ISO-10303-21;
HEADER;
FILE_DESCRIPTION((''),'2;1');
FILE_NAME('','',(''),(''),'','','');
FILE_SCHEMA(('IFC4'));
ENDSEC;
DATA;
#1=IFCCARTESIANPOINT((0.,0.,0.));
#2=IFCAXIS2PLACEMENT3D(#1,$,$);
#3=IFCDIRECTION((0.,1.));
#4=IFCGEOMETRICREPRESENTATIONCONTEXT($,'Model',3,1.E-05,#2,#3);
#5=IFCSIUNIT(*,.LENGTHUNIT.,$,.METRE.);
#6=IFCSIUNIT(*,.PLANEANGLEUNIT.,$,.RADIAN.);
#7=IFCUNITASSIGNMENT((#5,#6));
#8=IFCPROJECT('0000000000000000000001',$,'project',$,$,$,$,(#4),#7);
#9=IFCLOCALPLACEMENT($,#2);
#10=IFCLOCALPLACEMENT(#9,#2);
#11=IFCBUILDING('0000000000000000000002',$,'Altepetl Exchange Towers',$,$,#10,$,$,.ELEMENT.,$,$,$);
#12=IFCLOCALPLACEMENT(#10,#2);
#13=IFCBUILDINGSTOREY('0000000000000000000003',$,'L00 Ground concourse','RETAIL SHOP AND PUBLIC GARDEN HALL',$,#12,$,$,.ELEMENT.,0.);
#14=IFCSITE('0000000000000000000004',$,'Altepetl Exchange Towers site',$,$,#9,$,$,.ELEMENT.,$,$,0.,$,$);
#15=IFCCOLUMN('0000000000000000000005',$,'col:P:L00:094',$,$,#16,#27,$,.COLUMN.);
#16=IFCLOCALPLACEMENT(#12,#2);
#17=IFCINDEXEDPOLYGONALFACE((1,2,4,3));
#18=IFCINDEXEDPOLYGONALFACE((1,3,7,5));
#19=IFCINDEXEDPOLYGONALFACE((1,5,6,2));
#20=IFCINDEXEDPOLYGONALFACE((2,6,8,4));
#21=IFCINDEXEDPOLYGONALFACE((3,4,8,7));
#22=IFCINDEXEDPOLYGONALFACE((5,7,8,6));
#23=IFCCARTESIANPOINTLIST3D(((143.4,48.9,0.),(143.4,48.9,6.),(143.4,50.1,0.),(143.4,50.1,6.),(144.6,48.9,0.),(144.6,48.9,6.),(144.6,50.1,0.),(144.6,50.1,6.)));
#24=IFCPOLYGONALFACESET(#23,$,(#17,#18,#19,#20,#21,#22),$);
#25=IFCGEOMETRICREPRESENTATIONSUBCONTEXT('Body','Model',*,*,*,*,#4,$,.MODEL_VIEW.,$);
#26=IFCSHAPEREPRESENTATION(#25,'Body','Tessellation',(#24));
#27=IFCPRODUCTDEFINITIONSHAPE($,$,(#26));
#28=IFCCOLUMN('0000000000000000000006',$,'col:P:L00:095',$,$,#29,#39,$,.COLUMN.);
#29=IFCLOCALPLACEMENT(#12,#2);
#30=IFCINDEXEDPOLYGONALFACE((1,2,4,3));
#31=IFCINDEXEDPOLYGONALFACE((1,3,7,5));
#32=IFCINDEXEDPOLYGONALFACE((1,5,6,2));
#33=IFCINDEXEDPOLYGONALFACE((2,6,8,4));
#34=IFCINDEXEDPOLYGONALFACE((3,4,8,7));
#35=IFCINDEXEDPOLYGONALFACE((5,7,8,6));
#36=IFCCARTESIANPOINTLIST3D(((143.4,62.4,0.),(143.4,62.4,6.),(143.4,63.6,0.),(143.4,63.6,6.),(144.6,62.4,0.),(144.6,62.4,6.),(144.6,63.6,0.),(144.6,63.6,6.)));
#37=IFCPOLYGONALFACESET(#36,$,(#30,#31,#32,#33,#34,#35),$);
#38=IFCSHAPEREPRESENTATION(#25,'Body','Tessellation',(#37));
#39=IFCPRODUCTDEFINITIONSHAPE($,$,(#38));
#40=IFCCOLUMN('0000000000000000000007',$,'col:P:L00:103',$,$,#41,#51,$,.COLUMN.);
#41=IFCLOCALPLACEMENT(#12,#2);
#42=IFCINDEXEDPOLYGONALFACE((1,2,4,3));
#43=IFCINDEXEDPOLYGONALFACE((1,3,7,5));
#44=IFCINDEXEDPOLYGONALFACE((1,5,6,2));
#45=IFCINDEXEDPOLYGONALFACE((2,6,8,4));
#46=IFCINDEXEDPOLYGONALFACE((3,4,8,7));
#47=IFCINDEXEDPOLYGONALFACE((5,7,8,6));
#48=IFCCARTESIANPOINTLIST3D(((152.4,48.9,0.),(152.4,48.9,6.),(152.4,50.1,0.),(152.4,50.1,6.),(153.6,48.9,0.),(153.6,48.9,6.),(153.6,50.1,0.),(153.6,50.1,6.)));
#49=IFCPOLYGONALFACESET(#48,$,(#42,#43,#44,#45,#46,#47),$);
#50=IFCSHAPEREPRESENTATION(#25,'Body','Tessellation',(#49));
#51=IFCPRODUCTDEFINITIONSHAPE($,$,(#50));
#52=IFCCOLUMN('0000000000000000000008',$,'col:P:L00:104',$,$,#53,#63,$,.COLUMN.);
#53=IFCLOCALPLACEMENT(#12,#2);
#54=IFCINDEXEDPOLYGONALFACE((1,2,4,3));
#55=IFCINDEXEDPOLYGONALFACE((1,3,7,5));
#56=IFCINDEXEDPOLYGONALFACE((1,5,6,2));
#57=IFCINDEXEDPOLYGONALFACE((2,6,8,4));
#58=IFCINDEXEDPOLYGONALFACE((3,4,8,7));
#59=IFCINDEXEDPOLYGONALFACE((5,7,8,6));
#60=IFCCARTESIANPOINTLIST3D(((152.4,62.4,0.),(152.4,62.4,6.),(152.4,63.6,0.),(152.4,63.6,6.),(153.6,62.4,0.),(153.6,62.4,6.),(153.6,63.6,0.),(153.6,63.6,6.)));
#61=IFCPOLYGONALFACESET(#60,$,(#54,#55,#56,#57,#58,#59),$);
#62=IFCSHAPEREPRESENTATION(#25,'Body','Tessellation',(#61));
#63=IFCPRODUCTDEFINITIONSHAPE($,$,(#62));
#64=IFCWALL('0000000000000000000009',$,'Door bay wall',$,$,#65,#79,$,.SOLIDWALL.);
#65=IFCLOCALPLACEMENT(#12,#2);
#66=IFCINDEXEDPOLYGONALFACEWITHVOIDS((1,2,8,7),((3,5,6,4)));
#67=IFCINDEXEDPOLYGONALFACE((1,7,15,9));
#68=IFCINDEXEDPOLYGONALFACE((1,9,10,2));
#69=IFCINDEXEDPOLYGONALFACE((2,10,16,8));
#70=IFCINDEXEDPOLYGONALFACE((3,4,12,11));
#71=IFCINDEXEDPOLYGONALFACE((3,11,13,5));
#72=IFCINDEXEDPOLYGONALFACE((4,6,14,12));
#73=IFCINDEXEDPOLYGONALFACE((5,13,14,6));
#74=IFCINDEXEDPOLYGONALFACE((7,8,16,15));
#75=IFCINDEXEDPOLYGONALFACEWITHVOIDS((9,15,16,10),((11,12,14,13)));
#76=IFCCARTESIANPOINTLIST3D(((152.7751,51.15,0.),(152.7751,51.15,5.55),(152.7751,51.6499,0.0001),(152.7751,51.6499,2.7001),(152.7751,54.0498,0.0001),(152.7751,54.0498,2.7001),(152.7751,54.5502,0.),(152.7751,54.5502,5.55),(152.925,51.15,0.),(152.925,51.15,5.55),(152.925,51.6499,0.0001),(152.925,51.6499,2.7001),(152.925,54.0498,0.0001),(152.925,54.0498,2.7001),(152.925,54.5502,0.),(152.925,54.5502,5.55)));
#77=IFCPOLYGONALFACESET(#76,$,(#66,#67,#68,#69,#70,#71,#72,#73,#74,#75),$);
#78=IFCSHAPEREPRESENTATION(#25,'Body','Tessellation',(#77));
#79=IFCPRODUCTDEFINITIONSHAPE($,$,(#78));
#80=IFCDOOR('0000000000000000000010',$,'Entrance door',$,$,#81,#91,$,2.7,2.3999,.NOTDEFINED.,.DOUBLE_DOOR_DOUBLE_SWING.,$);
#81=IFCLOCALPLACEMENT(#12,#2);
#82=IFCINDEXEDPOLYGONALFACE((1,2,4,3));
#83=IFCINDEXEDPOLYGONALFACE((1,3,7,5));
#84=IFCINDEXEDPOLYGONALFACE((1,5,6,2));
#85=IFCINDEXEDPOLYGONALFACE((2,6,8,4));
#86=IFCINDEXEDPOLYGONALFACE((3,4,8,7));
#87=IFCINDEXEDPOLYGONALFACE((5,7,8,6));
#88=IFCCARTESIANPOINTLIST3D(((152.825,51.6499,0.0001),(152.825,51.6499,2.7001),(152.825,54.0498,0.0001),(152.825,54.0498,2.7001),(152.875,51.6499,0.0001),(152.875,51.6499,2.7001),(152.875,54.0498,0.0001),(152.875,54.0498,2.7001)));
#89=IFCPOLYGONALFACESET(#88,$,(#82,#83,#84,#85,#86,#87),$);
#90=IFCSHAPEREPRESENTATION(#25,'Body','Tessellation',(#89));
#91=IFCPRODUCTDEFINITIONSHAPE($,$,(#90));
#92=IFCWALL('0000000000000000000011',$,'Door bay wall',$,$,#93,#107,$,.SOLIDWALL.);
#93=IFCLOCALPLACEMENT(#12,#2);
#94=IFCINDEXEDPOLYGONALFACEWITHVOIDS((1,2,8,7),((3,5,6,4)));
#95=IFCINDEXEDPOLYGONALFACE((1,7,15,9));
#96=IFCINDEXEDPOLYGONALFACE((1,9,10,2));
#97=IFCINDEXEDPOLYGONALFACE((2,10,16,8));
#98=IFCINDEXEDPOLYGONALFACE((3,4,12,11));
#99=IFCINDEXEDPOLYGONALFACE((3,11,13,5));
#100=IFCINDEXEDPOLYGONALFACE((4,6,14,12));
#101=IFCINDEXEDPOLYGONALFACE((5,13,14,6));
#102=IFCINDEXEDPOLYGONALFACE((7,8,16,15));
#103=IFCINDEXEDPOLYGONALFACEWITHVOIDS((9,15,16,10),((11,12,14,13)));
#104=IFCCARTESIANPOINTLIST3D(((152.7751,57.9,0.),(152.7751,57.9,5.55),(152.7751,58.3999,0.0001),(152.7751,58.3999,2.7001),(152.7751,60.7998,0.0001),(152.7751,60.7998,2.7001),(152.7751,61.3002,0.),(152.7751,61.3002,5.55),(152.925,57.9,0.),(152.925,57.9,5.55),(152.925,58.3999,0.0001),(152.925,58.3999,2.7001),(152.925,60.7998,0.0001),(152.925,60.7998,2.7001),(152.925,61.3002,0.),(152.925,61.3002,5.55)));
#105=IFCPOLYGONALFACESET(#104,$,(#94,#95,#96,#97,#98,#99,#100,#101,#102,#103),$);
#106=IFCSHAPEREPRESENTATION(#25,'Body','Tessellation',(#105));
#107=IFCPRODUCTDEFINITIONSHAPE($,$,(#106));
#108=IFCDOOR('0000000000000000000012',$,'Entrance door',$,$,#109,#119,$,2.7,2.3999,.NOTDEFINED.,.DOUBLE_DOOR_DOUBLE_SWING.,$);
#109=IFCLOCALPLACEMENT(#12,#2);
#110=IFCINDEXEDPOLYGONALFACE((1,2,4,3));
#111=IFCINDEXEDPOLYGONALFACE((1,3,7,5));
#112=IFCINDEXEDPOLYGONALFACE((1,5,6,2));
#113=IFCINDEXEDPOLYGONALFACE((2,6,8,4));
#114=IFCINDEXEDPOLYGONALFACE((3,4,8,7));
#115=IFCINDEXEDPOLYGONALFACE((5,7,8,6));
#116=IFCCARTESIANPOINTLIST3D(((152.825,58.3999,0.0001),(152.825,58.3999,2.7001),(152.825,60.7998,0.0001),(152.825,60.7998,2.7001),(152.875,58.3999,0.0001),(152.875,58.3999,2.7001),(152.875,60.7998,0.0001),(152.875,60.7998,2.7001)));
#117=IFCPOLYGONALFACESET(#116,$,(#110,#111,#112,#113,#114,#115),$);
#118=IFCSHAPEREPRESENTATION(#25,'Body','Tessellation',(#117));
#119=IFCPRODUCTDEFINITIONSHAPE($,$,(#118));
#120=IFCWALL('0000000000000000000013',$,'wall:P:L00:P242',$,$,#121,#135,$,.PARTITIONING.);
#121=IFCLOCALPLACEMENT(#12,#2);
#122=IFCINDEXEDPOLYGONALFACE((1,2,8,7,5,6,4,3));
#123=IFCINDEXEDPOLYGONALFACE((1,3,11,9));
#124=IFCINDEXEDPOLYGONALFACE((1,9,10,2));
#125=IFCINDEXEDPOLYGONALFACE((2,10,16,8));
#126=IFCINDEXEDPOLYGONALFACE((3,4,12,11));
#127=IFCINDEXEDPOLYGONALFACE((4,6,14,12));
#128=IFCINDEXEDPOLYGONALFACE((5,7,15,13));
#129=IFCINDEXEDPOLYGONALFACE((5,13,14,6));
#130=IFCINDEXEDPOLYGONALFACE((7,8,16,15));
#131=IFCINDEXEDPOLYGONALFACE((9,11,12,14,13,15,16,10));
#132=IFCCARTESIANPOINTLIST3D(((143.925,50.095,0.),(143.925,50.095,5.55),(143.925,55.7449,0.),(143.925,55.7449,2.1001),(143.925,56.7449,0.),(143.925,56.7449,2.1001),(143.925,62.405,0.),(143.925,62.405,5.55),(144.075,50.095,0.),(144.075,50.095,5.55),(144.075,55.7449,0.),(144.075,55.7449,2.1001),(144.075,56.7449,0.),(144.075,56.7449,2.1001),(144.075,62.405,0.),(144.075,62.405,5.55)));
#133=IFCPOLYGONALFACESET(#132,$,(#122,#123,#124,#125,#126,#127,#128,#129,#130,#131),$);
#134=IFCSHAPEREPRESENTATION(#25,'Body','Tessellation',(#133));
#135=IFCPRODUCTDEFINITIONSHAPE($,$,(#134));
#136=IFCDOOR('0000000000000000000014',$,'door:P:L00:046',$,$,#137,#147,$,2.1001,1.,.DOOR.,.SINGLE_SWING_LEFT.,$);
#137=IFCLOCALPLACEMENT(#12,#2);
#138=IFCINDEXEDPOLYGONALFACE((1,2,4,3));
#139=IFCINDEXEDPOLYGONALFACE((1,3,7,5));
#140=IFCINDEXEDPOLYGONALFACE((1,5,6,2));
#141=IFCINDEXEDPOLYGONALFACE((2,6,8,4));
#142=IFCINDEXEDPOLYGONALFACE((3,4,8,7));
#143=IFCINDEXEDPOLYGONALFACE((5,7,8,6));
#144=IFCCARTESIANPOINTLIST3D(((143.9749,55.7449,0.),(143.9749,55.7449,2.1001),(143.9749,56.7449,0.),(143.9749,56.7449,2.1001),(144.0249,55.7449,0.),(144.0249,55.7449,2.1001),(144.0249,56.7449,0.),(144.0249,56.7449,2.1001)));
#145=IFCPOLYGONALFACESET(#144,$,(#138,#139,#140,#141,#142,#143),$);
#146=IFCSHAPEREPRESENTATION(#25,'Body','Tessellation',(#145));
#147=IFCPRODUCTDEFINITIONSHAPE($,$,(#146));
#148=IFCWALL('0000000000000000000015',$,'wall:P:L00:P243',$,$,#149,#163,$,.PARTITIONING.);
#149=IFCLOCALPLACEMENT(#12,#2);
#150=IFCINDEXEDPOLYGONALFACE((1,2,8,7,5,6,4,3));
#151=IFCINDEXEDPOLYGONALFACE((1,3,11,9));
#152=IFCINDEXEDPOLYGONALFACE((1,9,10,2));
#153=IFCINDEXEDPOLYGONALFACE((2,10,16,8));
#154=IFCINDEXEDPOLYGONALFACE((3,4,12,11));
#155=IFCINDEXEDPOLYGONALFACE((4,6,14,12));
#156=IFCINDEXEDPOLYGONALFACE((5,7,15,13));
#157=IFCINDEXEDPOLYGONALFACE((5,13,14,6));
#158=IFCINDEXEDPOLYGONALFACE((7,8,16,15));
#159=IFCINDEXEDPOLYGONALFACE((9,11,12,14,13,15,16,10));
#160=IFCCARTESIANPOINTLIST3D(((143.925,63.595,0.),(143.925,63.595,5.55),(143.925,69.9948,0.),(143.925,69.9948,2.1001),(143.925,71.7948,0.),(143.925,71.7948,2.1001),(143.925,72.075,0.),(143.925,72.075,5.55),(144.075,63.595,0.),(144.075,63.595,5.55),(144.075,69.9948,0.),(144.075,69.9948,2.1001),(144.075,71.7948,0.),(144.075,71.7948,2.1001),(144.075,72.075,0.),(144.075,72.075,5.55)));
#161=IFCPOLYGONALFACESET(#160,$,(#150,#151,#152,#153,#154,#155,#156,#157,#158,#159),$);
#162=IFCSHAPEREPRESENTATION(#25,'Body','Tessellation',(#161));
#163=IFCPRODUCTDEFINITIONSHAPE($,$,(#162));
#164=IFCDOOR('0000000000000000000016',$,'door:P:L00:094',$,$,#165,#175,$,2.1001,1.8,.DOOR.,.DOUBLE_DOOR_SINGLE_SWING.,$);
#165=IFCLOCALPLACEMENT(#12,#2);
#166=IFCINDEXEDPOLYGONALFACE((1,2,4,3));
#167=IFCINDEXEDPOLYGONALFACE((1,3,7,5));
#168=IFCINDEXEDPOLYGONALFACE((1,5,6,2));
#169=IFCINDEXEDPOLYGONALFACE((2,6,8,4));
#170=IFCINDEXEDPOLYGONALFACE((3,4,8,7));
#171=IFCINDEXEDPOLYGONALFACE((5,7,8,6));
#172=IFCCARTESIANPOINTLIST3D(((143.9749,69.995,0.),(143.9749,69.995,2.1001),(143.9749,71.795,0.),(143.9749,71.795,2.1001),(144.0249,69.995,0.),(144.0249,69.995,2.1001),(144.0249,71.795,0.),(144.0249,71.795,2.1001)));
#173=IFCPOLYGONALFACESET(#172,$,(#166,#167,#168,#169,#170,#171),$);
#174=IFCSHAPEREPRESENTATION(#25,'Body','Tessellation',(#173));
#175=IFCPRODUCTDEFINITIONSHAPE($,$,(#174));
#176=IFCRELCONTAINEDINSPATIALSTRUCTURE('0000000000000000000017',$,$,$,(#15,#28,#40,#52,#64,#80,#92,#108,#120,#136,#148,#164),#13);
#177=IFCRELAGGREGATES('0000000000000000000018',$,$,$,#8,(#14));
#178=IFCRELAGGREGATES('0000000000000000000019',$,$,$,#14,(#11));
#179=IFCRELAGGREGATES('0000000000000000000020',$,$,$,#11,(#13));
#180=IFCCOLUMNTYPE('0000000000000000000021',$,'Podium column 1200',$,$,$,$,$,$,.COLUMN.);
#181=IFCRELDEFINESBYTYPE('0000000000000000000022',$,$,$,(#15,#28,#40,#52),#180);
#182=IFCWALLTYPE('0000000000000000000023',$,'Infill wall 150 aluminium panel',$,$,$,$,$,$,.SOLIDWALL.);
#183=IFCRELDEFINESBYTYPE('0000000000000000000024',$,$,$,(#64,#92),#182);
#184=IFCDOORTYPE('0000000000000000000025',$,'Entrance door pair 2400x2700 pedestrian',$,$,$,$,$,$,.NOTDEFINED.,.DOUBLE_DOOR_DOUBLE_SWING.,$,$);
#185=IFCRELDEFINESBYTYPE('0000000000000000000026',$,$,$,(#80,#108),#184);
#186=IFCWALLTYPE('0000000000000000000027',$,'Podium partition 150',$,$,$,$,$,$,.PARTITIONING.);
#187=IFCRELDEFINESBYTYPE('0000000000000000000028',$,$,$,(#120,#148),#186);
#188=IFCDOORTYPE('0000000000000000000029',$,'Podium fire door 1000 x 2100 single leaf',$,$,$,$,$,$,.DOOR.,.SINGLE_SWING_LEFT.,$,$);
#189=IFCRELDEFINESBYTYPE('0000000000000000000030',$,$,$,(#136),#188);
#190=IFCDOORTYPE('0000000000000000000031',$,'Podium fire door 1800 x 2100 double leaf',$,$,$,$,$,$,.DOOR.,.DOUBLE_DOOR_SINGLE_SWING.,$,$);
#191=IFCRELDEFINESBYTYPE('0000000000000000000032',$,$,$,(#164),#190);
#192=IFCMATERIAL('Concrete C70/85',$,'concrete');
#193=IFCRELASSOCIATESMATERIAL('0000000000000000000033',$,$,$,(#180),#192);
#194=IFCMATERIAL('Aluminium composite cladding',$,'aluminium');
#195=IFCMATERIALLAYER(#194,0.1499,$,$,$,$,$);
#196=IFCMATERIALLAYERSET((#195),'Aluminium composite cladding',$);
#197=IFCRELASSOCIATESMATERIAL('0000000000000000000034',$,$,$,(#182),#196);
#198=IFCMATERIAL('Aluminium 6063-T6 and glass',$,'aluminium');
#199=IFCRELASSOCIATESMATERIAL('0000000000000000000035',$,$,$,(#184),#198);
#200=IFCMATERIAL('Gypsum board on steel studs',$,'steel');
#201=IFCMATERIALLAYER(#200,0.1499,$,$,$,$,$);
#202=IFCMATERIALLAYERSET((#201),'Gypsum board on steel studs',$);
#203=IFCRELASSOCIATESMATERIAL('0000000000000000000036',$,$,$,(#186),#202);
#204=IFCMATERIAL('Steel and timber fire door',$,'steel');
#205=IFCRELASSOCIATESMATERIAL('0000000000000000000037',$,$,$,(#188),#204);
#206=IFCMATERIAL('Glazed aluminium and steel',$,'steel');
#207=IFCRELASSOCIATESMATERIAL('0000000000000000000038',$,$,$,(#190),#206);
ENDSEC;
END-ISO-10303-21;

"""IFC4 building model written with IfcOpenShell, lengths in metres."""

from ifc_helpers import new_model, si_unit, direction, frame, frame_2d, origin, origin_2d, place, context, subcontext, project, spatial, rectangle, extrude, material, layer, layer_set, material_profile, profile_set, type_object, element, fill, save


model = new_model("IFC4")

# Units and contexts
model_context = context("Model", 3, precision=1e-05, world=origin(), true_north=direction((0.0, 1.0)))
body_context = subcontext(model_context, "Body", "Model", "MODEL_VIEW")
ifc_project = project(units=[si_unit("LENGTHUNIT", "METRE"), si_unit("PLANEANGLEUNIT", "RADIAN")], contexts=[model_context])

# Site, building, storey
site_placement = place(None, origin())
site = spatial("IfcSite", under=ifc_project, at=site_placement, Name="Altepetl Exchange Towers site", CompositionType="ELEMENT", RefElevation=0.0)
building_placement = place(site_placement, origin())
building = spatial("IfcBuilding", under=site, at=building_placement, Name="Altepetl Exchange Towers", CompositionType="ELEMENT")
storey_placement = place(building_placement, origin())
storey = spatial("IfcBuildingStorey", under=building, at=storey_placement, Name="L00 Ground concourse", Description="RETAIL SHOP AND PUBLIC GARDEN HALL", CompositionType="ELEMENT", Elevation=0.0)

# Columns
ifc_material_1 = material(Name="Concrete C70/85", Category="concrete")
ifc_material_profile = material_profile(ifc_material_1, rectangle(XDim=1.2, YDim=1.2, at=origin_2d()), Name="1200 x 1200")
ifc_profile_set = profile_set([ifc_material_profile], Name="Concrete C70/85")
column_type = type_object("IfcColumnType", Name="Podium column 1200", PredefinedType="COLUMN", material=ifc_profile_set)
for number, where, name in (
    (1, (144.0, 49.5, 0.0), "col:P:L00:094"),
    (2, (144.0, 63.0, 0.0), "col:P:L00:095"),
    (3, (153.0, 49.5, 0.0), "col:P:L00:103"),
    (4, (153.0, 63.0, 0.0), "col:P:L00:104"),
):
    element("IfcColumn", number, at=place(storey_placement, frame(where)), inside=storey, type_object=column_type, Name=name, PredefinedType="COLUMN", context=body_context, shape_type="SweptSolid", body=[
        extrude(rectangle(XDim=1.2, YDim=1.2, at=origin_2d()), origin(), (0.0, 0.0, 1.0), 6.0),
    ])

# Walls, openings, doors
ifc_material_2 = material(Name="Aluminium composite cladding", Category="aluminium")
ifc_layer_1 = layer(ifc_material_2, 0.1499)
ifc_layer_set_1 = layer_set([ifc_layer_1], Name="Aluminium composite cladding")
wall_type_1 = type_object("IfcWallType", Name="Infill wall 150 aluminium panel", PredefinedType="SOLIDWALL", material=ifc_layer_set_1)
wall_1_placement = place(storey_placement, frame((152.8501, 51.1499, 0.0), z_axis=(0.0, 0.0, 1.0), x_axis=(0.0, 1.0, 0.0)))
wall_1 = element("IfcWall", 5, at=wall_1_placement, inside=storey, type_object=wall_type_1, Name="Door bay wall", PredefinedType="SOLIDWALL", context=body_context, shape_type="SweptSolid", body=[
    extrude(rectangle(XDim=3.4001, YDim=0.1499, at=frame_2d((1.7002, 0.0))), origin(), (0.0, 0.0, 1.0), 5.55),
])
opening_1_placement = place(wall_1_placement, frame((0.5, 0.0, 0.0)))
opening_1 = element("IfcOpeningElement", 6, at=opening_1_placement, cuts=wall_1, PredefinedType="OPENING", context=body_context, shape_type="SweptSolid", body=[
    extrude(rectangle(XDim=2.3999, YDim=2.7, at=frame_2d((1.2, 1.3501))), frame((0.0, 0.085, 0.0), z_axis=(0.0, -1.0, 0.0), x_axis=(1.0, 0.0, 0.0)), (0.0, 0.0, 1.0), 0.1699),
])
ifc_material_3 = material(Name="Aluminium 6063-T6 and glass", Category="aluminium")
door_type_1 = type_object("IfcDoorType", Name="Entrance door pair 2400x2700 pedestrian", OperationType="DOUBLE_DOOR_DOUBLE_SWING", PredefinedType="NOTDEFINED", material=ifc_material_3)
door_1_placement = place(opening_1_placement, frame((2.3999, 0.0, 0.0), x_axis=(-1.0, 0.0, 0.0)))
door_1 = element("IfcDoor", 7, at=door_1_placement, inside=storey, type_object=door_type_1, Name="Entrance door", OperationType="DOUBLE_DOOR_DOUBLE_SWING", OverallHeight=2.7, OverallWidth=2.3999, PredefinedType="NOTDEFINED", context=body_context, shape_type="SweptSolid", body=[
    extrude(rectangle(XDim=2.3999, YDim=2.7, at=frame_2d((1.2, 1.3501))), frame((0.0, 0.0249, 0.0), z_axis=(0.0, -1.0, 0.0), x_axis=(1.0, 0.0, 0.0)), (0.0, 0.0, 1.0), 0.05),
])
fill(opening_1, door_1)
wall_2_placement = place(storey_placement, frame((152.8501, 57.8999, 0.0), z_axis=(0.0, 0.0, 1.0), x_axis=(0.0, 1.0, 0.0)))
wall_2 = element("IfcWall", 8, at=wall_2_placement, inside=storey, type_object=wall_type_1, Name="Door bay wall", PredefinedType="SOLIDWALL", context=body_context, shape_type="SweptSolid", body=[
    extrude(rectangle(XDim=3.4001, YDim=0.1499, at=frame_2d((1.7002, 0.0))), origin(), (0.0, 0.0, 1.0), 5.55),
])
opening_2_placement = place(wall_2_placement, frame((0.5, 0.0, 0.0)))
opening_2 = element("IfcOpeningElement", 9, at=opening_2_placement, cuts=wall_2, PredefinedType="OPENING", context=body_context, shape_type="SweptSolid", body=[
    extrude(rectangle(XDim=2.3999, YDim=2.7, at=frame_2d((1.2, 1.3501))), frame((0.0, 0.085, 0.0), z_axis=(0.0, -1.0, 0.0), x_axis=(1.0, 0.0, 0.0)), (0.0, 0.0, 1.0), 0.1699),
])
door_2_placement = place(opening_2_placement, frame((2.3999, 0.0, 0.0), x_axis=(-1.0, 0.0, 0.0)))
door_2 = element("IfcDoor", 10, at=door_2_placement, inside=storey, type_object=door_type_1, Name="Entrance door", OperationType="DOUBLE_DOOR_DOUBLE_SWING", OverallHeight=2.7, OverallWidth=2.3999, PredefinedType="NOTDEFINED", context=body_context, shape_type="SweptSolid", body=[
    extrude(rectangle(XDim=2.3999, YDim=2.7, at=frame_2d((1.2, 1.3501))), frame((0.0, 0.0249, 0.0), z_axis=(0.0, -1.0, 0.0), x_axis=(1.0, 0.0, 0.0)), (0.0, 0.0, 1.0), 0.05),
])
fill(opening_2, door_2)
ifc_material_4 = material(Name="Gypsum board on steel studs", Category="steel")
ifc_layer_2 = layer(ifc_material_4, 0.1499)
ifc_layer_set_2 = layer_set([ifc_layer_2], Name="Gypsum board on steel studs")
wall_type_2 = type_object("IfcWallType", Name="Podium partition 150", PredefinedType="PARTITIONING", material=ifc_layer_set_2)
wall_3_placement = place(storey_placement, frame((144.0, 50.095, 0.0), z_axis=(0.0, 0.0, 1.0), x_axis=(0.0, 1.0, 0.0)))
wall_3 = element("IfcWall", 11, at=wall_3_placement, inside=storey, type_object=wall_type_2, Name="wall:P:L00:P242", PredefinedType="PARTITIONING", context=body_context, shape_type="SweptSolid", body=[
    extrude(rectangle(XDim=12.3101, YDim=0.1499, at=frame_2d((6.155, 0.0))), origin(), (0.0, 0.0, 1.0), 5.55),
])
opening_3_placement = place(wall_3_placement, frame((5.6499, 0.0, 0.0)))
opening_3 = element("IfcOpeningElement", 12, at=opening_3_placement, cuts=wall_3, PredefinedType="OPENING", context=body_context, shape_type="SweptSolid", body=[
    extrude(rectangle(XDim=1.0, YDim=2.1001, at=frame_2d((0.5, 1.05))), frame((0.0, 0.085, 0.0), z_axis=(0.0, -1.0, 0.0), x_axis=(1.0, 0.0, 0.0)), (0.0, 0.0, 1.0), 0.1699),
])
ifc_material_5 = material(Name="Steel and timber fire door", Category="steel")
door_type_2 = type_object("IfcDoorType", Name="Podium fire door 1000 x 2100 single leaf", OperationType="SINGLE_SWING_LEFT", PredefinedType="DOOR", material=ifc_material_5)
door_3_placement = place(opening_3_placement, frame((1.0, 0.0, 0.0), x_axis=(-1.0, 0.0, 0.0)))
door_3 = element("IfcDoor", 13, at=door_3_placement, inside=storey, type_object=door_type_2, Name="door:P:L00:046", OperationType="SINGLE_SWING_LEFT", OverallHeight=2.1001, OverallWidth=1.0, PredefinedType="DOOR", context=body_context, shape_type="SweptSolid", body=[
    extrude(rectangle(XDim=1.0, YDim=2.1001, at=frame_2d((0.5, 1.05))), frame((0.0, 0.0249, 0.0), z_axis=(0.0, -1.0, 0.0), x_axis=(1.0, 0.0, 0.0)), (0.0, 0.0, 1.0), 0.05),
])
fill(opening_3, door_3)
wall_4_placement = place(storey_placement, frame((144.0, 63.595, 0.0), z_axis=(0.0, 0.0, 1.0), x_axis=(0.0, 1.0, 0.0)))
wall_4 = element("IfcWall", 14, at=wall_4_placement, inside=storey, type_object=wall_type_2, Name="wall:P:L00:P243", PredefinedType="PARTITIONING", context=body_context, shape_type="SweptSolid", body=[
    extrude(rectangle(XDim=8.48, YDim=0.1499, at=frame_2d((4.24, 0.0))), origin(), (0.0, 0.0, 1.0), 5.55),
])
opening_4_placement = place(wall_4_placement, frame((6.3999, 0.0, 0.0)))
opening_4 = element("IfcOpeningElement", 15, at=opening_4_placement, cuts=wall_4, PredefinedType="OPENING", context=body_context, shape_type="SweptSolid", body=[
    extrude(rectangle(XDim=1.8, YDim=2.1001, at=frame_2d((0.8999, 1.05))), frame((0.0, 0.085, 0.0), z_axis=(0.0, -1.0, 0.0), x_axis=(1.0, 0.0, 0.0)), (0.0, 0.0, 1.0), 0.1699),
])
ifc_material_6 = material(Name="Glazed aluminium and steel", Category="steel")
door_type_3 = type_object("IfcDoorType", Name="Podium fire door 1800 x 2100 double leaf", OperationType="DOUBLE_DOOR_SINGLE_SWING", PredefinedType="DOOR", material=ifc_material_6)
door_4_placement = place(opening_4_placement, frame((1.8, 0.0, 0.0), x_axis=(-1.0, 0.0, 0.0)))
door_4 = element("IfcDoor", 16, at=door_4_placement, inside=storey, type_object=door_type_3, Name="door:P:L00:094", OperationType="DOUBLE_DOOR_SINGLE_SWING", OverallHeight=2.1001, OverallWidth=1.8, PredefinedType="DOOR", context=body_context, shape_type="SweptSolid", body=[
    extrude(rectangle(XDim=1.8, YDim=2.1001, at=frame_2d((0.8999, 1.05))), frame((0.0, 0.0249, 0.0), z_axis=(0.0, -1.0, 0.0), x_axis=(1.0, 0.0, 0.0)), (0.0, 0.0, 1.0), 0.05),
])
fill(opening_4, door_4)

save(model, "model.ifc")
